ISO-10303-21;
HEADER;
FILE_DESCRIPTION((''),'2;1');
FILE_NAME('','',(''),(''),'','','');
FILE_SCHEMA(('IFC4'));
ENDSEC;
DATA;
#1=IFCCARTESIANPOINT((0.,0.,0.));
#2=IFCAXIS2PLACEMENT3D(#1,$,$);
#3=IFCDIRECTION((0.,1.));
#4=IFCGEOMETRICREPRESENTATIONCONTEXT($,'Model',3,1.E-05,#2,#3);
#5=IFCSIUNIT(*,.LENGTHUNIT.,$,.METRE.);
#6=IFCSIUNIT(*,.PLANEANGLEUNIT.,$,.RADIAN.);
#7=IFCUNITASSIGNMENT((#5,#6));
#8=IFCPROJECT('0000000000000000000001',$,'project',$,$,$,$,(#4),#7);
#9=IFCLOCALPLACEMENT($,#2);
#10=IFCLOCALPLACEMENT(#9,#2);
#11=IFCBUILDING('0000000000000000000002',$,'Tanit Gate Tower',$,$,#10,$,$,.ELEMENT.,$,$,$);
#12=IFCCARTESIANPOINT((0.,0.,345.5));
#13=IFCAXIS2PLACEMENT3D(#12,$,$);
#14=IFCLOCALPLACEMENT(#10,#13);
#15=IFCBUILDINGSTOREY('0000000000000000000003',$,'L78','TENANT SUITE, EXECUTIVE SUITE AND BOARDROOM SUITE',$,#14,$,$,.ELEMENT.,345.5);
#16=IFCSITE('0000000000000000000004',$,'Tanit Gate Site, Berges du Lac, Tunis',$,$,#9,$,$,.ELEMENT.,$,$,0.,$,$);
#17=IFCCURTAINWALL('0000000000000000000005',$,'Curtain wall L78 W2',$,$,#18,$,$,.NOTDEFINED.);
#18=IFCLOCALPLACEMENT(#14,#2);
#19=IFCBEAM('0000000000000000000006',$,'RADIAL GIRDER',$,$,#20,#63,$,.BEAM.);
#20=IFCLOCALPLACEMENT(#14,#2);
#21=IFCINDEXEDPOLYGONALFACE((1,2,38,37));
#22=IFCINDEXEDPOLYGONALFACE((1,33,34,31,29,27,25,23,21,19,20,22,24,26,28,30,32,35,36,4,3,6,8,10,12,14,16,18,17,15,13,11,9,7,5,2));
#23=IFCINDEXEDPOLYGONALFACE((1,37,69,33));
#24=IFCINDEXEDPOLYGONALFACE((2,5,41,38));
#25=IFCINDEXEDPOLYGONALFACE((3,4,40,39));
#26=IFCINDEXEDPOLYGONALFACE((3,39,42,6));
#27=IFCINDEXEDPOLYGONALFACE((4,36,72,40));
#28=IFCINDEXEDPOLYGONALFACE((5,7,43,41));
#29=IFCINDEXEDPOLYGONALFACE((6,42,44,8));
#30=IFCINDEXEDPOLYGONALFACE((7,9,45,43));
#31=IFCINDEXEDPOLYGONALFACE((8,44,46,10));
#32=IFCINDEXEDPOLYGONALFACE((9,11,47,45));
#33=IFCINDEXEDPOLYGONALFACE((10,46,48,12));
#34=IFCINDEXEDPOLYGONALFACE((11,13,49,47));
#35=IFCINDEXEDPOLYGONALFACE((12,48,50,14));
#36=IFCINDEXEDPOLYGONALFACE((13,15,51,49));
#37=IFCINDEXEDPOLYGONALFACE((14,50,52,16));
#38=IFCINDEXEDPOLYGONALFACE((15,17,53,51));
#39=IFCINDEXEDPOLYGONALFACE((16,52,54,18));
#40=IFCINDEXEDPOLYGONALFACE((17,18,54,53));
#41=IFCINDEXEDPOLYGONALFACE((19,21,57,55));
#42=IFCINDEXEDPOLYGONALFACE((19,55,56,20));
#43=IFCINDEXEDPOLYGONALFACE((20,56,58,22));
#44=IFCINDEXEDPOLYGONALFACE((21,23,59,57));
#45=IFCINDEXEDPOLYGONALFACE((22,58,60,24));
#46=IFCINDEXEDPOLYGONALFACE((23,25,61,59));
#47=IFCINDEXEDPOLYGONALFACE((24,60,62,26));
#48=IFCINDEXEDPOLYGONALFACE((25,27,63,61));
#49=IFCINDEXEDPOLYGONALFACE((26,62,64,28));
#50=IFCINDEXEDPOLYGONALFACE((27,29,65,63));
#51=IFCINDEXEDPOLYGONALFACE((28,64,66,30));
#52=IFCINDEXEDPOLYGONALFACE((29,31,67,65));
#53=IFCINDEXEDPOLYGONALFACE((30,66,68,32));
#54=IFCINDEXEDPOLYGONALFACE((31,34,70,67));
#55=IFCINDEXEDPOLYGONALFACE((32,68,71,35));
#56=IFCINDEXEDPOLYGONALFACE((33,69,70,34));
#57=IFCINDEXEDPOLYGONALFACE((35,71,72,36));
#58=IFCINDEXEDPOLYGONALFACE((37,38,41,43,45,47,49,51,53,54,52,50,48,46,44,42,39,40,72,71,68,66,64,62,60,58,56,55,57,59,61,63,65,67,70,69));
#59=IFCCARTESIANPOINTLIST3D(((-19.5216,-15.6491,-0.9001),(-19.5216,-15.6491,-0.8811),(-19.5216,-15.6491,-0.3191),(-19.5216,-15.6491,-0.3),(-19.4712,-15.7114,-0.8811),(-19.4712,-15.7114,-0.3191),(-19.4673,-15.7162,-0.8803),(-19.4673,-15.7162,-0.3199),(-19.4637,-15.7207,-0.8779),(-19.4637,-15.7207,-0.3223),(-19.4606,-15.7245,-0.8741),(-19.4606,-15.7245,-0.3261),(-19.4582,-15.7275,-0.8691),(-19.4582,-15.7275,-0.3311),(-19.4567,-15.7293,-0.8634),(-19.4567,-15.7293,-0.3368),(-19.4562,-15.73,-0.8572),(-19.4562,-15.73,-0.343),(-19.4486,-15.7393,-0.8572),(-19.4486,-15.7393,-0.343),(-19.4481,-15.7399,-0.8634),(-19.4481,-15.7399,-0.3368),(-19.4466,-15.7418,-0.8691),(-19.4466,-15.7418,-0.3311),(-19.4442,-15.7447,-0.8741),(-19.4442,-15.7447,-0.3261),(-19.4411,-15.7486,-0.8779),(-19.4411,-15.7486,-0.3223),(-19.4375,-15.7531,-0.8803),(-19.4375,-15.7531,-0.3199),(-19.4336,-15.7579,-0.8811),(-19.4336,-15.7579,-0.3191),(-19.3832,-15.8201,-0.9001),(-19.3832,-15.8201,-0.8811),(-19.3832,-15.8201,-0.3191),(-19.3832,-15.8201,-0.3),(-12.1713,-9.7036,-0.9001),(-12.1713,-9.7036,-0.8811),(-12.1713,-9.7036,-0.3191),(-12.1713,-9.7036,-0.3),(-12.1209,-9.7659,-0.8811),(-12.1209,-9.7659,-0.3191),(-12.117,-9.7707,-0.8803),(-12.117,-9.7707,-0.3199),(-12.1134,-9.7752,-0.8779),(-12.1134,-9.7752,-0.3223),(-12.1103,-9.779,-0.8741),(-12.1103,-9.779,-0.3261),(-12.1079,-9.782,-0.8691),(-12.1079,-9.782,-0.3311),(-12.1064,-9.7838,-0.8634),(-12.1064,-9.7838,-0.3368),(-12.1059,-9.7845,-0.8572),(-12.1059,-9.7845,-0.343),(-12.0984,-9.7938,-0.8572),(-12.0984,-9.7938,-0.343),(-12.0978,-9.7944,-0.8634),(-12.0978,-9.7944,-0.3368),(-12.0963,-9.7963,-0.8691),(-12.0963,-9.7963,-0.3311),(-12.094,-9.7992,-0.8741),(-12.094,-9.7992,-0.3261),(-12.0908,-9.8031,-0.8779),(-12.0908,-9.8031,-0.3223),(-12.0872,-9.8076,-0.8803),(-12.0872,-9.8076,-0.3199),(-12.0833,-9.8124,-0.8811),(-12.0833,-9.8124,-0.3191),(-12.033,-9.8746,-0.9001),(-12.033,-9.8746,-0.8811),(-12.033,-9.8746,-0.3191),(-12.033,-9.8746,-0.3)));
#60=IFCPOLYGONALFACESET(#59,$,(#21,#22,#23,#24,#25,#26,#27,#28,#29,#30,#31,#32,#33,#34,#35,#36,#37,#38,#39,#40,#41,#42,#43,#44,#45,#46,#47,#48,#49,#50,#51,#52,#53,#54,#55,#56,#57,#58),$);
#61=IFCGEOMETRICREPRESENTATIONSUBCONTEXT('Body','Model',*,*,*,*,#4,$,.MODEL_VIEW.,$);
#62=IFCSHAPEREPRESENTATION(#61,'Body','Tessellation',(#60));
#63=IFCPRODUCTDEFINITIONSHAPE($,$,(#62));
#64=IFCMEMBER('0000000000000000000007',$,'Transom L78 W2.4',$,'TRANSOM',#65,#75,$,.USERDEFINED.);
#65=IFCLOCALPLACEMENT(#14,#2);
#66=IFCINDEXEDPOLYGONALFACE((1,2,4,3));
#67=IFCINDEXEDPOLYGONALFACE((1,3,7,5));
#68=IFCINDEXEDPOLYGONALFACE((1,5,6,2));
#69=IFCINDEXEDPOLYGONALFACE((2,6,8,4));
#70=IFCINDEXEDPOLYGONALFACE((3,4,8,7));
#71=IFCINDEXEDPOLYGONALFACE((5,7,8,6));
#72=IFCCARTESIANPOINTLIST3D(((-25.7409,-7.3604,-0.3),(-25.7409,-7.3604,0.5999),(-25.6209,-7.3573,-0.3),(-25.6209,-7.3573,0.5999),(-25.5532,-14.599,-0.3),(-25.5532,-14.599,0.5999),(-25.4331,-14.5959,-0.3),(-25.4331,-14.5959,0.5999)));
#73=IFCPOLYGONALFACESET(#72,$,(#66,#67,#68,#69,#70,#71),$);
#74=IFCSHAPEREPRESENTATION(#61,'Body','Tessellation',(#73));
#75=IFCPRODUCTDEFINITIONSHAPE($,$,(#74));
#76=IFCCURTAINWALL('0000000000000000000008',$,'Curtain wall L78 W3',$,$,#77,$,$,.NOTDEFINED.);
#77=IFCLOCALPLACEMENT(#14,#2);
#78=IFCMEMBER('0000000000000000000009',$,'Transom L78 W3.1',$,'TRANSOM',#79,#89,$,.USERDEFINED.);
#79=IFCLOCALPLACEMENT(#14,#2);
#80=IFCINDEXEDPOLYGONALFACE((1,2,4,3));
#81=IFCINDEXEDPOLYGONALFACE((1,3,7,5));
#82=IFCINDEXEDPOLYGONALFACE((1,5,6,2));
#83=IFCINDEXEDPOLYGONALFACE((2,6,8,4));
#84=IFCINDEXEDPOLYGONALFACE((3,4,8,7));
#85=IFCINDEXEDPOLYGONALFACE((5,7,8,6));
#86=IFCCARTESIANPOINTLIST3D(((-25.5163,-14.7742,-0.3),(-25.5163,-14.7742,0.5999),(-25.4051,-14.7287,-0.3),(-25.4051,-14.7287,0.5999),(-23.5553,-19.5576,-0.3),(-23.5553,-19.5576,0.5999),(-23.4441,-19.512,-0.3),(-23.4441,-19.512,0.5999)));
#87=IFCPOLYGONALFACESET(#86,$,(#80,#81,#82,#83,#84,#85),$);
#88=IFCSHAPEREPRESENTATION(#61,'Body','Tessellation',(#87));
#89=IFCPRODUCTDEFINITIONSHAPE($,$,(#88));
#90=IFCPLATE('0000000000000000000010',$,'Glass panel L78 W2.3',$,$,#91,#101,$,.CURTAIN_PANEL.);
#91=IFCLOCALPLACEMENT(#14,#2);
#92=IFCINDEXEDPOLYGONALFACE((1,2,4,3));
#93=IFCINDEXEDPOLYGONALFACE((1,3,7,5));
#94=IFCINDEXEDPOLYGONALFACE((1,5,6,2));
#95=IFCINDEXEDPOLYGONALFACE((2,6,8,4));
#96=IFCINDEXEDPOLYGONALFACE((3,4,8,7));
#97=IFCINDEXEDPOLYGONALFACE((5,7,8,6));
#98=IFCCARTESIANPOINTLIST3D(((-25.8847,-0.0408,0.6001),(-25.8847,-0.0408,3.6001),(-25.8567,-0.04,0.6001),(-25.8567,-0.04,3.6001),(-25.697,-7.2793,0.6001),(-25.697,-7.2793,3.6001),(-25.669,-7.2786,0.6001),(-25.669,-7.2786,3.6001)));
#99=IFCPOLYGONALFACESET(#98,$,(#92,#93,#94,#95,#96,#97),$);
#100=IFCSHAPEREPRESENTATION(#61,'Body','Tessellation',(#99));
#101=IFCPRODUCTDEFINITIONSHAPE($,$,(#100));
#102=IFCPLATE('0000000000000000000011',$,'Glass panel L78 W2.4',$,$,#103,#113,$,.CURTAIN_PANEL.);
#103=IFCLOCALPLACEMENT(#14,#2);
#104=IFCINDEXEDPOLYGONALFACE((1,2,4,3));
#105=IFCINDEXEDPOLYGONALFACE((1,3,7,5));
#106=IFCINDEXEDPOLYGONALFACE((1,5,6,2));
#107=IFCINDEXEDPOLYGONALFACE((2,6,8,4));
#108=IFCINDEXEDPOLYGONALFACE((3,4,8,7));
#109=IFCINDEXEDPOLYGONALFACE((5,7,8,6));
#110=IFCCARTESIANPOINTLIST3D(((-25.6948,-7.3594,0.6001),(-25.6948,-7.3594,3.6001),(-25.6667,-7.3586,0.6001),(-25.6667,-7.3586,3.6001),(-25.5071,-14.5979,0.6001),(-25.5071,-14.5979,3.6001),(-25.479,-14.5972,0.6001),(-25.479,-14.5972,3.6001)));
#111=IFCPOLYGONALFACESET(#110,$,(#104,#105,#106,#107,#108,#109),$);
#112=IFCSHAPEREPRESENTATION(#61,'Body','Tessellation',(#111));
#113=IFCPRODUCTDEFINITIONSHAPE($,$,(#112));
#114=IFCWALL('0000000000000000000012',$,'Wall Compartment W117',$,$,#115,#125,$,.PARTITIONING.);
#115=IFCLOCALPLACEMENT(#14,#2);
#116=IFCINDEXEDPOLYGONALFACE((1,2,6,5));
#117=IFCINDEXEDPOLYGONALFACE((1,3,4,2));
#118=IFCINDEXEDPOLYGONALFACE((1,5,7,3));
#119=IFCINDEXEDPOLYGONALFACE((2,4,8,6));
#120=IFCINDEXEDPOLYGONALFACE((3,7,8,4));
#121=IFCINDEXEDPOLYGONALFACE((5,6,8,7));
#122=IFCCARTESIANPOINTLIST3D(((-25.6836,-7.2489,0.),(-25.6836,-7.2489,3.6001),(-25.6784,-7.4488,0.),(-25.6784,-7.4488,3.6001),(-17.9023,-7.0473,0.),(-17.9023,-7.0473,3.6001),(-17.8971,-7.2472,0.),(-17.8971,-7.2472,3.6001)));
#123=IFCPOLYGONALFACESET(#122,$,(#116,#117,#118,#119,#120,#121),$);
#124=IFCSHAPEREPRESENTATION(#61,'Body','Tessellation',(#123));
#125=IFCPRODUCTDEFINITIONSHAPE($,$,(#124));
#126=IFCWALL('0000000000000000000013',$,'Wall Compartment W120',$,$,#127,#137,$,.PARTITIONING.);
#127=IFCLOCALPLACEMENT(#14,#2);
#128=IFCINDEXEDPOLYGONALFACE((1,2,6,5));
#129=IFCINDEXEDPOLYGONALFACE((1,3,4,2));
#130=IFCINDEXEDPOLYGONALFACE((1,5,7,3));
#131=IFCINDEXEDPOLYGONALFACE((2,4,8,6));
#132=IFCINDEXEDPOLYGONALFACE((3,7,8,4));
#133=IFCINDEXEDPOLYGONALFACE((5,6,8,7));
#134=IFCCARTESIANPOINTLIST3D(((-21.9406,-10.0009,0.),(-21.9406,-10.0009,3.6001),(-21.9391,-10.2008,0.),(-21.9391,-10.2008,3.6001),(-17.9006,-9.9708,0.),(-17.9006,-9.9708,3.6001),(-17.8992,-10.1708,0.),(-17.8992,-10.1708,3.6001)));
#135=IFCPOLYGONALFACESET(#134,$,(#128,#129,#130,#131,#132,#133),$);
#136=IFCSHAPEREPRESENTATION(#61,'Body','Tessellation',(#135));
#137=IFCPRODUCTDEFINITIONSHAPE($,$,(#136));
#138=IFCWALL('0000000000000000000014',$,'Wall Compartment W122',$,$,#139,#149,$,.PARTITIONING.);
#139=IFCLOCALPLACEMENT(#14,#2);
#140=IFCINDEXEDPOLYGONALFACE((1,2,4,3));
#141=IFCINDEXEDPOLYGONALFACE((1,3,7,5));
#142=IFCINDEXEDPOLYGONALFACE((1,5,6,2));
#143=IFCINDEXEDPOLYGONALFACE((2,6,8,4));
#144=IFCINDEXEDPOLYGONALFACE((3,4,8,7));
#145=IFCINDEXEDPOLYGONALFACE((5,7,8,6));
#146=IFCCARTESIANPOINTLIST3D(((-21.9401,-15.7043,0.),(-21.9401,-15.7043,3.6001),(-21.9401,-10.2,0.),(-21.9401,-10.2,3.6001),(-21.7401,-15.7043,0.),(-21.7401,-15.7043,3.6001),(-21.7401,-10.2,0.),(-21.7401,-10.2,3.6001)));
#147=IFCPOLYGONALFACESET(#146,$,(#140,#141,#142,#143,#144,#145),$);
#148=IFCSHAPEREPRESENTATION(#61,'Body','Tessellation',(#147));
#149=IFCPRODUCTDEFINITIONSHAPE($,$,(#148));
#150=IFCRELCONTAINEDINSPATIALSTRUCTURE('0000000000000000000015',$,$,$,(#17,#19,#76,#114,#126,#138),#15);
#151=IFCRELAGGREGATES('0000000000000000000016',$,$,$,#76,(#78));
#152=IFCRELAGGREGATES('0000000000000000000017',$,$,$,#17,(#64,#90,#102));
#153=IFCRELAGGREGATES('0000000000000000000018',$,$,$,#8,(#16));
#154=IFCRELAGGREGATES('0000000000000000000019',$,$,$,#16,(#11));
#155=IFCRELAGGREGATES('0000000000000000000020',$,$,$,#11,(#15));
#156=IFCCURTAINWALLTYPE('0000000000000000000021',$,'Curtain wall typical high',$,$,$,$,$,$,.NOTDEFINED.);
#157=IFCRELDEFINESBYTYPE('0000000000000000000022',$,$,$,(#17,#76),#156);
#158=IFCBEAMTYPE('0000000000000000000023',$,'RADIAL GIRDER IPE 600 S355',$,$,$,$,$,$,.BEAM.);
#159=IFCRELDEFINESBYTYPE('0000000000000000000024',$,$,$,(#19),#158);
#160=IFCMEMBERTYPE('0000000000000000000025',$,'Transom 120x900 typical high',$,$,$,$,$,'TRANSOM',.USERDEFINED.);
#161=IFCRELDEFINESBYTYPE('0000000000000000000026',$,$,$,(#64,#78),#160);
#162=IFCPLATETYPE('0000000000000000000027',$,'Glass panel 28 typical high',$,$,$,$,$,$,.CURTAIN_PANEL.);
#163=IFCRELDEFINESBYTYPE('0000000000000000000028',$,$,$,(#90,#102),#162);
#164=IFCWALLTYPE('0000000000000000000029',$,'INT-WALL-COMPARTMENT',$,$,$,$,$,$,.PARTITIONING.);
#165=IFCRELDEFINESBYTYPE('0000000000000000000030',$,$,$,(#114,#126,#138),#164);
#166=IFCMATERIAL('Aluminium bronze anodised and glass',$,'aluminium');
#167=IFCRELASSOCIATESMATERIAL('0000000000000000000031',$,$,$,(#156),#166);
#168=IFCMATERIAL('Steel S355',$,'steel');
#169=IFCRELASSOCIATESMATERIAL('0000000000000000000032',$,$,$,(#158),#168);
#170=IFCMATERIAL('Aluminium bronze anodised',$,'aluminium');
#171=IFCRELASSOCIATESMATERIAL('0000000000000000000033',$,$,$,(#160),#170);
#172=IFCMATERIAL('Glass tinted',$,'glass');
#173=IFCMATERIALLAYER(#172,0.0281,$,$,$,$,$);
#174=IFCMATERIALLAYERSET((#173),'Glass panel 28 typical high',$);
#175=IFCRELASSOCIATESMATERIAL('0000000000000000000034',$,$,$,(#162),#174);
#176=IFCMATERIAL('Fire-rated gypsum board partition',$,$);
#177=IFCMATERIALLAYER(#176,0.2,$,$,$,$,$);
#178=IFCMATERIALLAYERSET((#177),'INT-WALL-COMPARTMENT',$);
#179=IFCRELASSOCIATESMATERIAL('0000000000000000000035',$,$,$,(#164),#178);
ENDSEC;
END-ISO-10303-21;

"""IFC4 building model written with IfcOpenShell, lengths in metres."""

from ifc_helpers import new_model, si_unit, direction, frame, frame_2d, origin, origin_2d, place, context, subcontext, project, spatial, rectangle, i_section, extrude, material, layer, layer_set, material_profile, profile_set, type_object, element, aggregate, save


model = new_model("IFC4")

# Units and contexts
model_context = context("Model", 3, precision=1e-05, world=origin(), true_north=direction((0.0, 1.0)))
body_context = subcontext(model_context, "Body", "Model", "MODEL_VIEW")
ifc_project = project(units=[si_unit("LENGTHUNIT", "METRE"), si_unit("PLANEANGLEUNIT", "RADIAN")], contexts=[model_context])

# Site, building, storey
site_placement = place(None, origin())
site = spatial("IfcSite", under=ifc_project, at=site_placement, Name="Tanit Gate Site, Berges du Lac, Tunis", CompositionType="ELEMENT", RefElevation=0.0)
building_placement = place(site_placement, origin())
building = spatial("IfcBuilding", under=site, at=building_placement, Name="Tanit Gate Tower", CompositionType="ELEMENT")
storey_placement = place(building_placement, frame((0.0, 0.0, 345.5)))
storey = spatial("IfcBuildingStorey", under=building, at=storey_placement, Name="L78", Description="TENANT SUITE, EXECUTIVE SUITE AND BOARDROOM SUITE", CompositionType="ELEMENT", Elevation=345.5)

# Curtain wall
ifc_material_1 = material(Name="Aluminium bronze anodised and glass", Category="aluminium")
curtain_wall_type = type_object("IfcCurtainWallType", Name="Curtain wall typical high", PredefinedType="NOTDEFINED", material=ifc_material_1)
curtain_wall_1_placement = place(storey_placement, origin())
curtain_wall_1 = element("IfcCurtainWall", 1, at=curtain_wall_1_placement, inside=storey, type_object=curtain_wall_type, Name="Curtain wall L78 W2", PredefinedType="NOTDEFINED")

# Beam
ifc_material_2 = material(Name="Steel S355", Category="steel")
ifc_material_profile_1 = material_profile(ifc_material_2, i_section(OverallWidth=0.22, OverallDepth=0.6001, WebThickness=0.012, FlangeThickness=0.019, FilletRadius=0.0239, at=origin_2d()), Name="IPE 600")
ifc_profile_set_1 = profile_set([ifc_material_profile_1], Name="Steel S355")
beam_type_1 = type_object("IfcBeamType", Name="RADIAL GIRDER IPE 600 S355", PredefinedType="BEAM", material=ifc_profile_set_1)
beam_1_placement = place(storey_placement, frame((-19.4524, -15.7346, -0.6001), z_axis=(0.777489, 0.628897, 0.0), x_axis=(-0.628897, 0.777489, 0.0)))
element("IfcBeam", 2, at=beam_1_placement, inside=storey, type_object=beam_type_1, Name="RADIAL GIRDER", PredefinedType="BEAM", context=body_context, shape_type="SweptSolid", body=[
    extrude(i_section(OverallWidth=0.22, OverallDepth=0.6001, WebThickness=0.012, FlangeThickness=0.019, FilletRadius=0.0239, at=origin_2d()), origin(), (0.0, 0.0, 1.0), 9.4539),
])

# Member
ifc_material_3 = material(Name="Aluminium bronze anodised", Category="aluminium")
ifc_material_profile_2 = material_profile(ifc_material_3, rectangle(XDim=0.1201, YDim=0.8999, at=origin_2d()), Name="120x900 bronze transom")
ifc_profile_set_2 = profile_set([ifc_material_profile_2], Name="Aluminium bronze anodised")
member_type_1 = type_object("IfcMemberType", Name="Transom 120x900 typical high", ElementType="TRANSOM", PredefinedType="USERDEFINED", material=ifc_profile_set_2)
member_1_placement = place(storey_placement, frame((-25.6809, -7.3589, 0.1499), z_axis=(0.025928, -0.999664, 0.0), x_axis=(0.999664, 0.025928, 0.0)))
member_1 = element("IfcMember", 3, at=member_1_placement, type_object=member_type_1, Name="Transom L78 W2.4", ObjectType="TRANSOM", PredefinedType="USERDEFINED", context=body_context, shape_type="SweptSolid", body=[
    extrude(rectangle(XDim=0.1201, YDim=0.8999, at=origin_2d()), origin(), (0.0, 0.0, 1.0), 7.241),
])

# Curtain wall, member
curtain_wall_2_placement = place(storey_placement, origin())
curtain_wall_2 = element("IfcCurtainWall", 4, at=curtain_wall_2_placement, inside=storey, type_object=curtain_wall_type, Name="Curtain wall L78 W3", PredefinedType="NOTDEFINED")
member_2_placement = place(storey_placement, frame((-25.4607, -14.7515, 0.1499), z_axis=(0.379324, -0.925264, 0.0), x_axis=(0.925264, 0.379324, 0.0)))
member_2 = element("IfcMember", 5, at=member_2_placement, type_object=member_type_1, Name="Transom L78 W3.1", ObjectType="TRANSOM", PredefinedType="USERDEFINED", context=body_context, shape_type="SweptSolid", body=[
    extrude(rectangle(XDim=0.1201, YDim=0.8999, at=origin_2d()), origin(), (0.0, 0.0, 1.0), 5.1697),
])
aggregate(curtain_wall_2, [member_2])

# Plates
ifc_material_4 = material(Name="Glass tinted", Category="glass")
ifc_layer_1 = layer(ifc_material_4, 0.0281)
ifc_layer_set_1 = layer_set([ifc_layer_1], Name="Glass panel 28 typical high")
plate_type = type_object("IfcPlateType", Name="Glass panel 28 typical high", PredefinedType="CURTAIN_PANEL", material=ifc_layer_set_1)
plate_1_placement = place(storey_placement, frame((-25.7769, -3.6597, 0.6001), z_axis=(0.0, 0.0, 1.0), x_axis=(0.025924, -0.999664, 0.0)))
plate_1 = element("IfcPlate", 6, at=plate_1_placement, type_object=plate_type, Name="Glass panel L78 W2.3", PredefinedType="CURTAIN_PANEL", context=body_context, shape_type="SweptSolid", body=[
    extrude(rectangle(XDim=7.241, YDim=0.0281, at=origin_2d()), origin(), (0.0, 0.0, 1.0), 3.0),
])
plate_2_placement = place(storey_placement, frame((-25.5869, -10.9783, 0.6001), z_axis=(0.0, 0.0, 1.0), x_axis=(0.025924, -0.999664, 0.0)))
plate_2 = element("IfcPlate", 7, at=plate_2_placement, type_object=plate_type, Name="Glass panel L78 W2.4", PredefinedType="CURTAIN_PANEL", context=body_context, shape_type="SweptSolid", body=[
    extrude(rectangle(XDim=7.241, YDim=0.0281, at=origin_2d()), origin(), (0.0, 0.0, 1.0), 3.0),
])
aggregate(curtain_wall_1, [member_1, plate_1, plate_2])

# Walls
ifc_material_5 = material(Name="Fire-rated gypsum board partition")
ifc_layer_2 = layer(ifc_material_5, 0.2)
ifc_layer_set_2 = layer_set([ifc_layer_2], Name="INT-WALL-COMPARTMENT")
wall_type_1 = type_object("IfcWallType", Name="INT-WALL-COMPARTMENT", PredefinedType="PARTITIONING", material=ifc_layer_set_2)
wall_1_placement = place(storey_placement, frame((-25.6812, -7.3489, 0.0), z_axis=(0.0, 0.0, 1.0), x_axis=(0.999664, 0.025907, 0.0)))
element("IfcWall", 8, at=wall_1_placement, inside=storey, type_object=wall_type_1, Name="Wall Compartment W117", PredefinedType="PARTITIONING", context=body_context, shape_type="SweptSolid", body=[
    extrude(rectangle(XDim=7.7839, YDim=0.2, at=frame_2d((3.8921, 0.0))), origin(), (0.0, 0.0, 1.0), 3.6001),
])
wall_2_placement = place(storey_placement, frame((-17.8999, -10.0708, 0.0), z_axis=(0.0, 0.0, 1.0), x_axis=(-0.999972, -0.007433, 0.0)))
element("IfcWall", 9, at=wall_2_placement, inside=storey, type_object=wall_type_1, Name="Wall Compartment W120", PredefinedType="PARTITIONING", context=body_context, shape_type="SweptSolid", body=[
    extrude(rectangle(XDim=4.04, YDim=0.2, at=frame_2d((2.02, 0.0))), origin(), (0.0, 0.0, 1.0), 3.6001),
])
wall_3_placement = place(storey_placement, frame((-21.8401, -15.7043, 0.0), z_axis=(0.0, 0.0, 1.0), x_axis=(0.0, 1.0, 0.0)))
element("IfcWall", 10, at=wall_3_placement, inside=storey, type_object=wall_type_1, Name="Wall Compartment W122", PredefinedType="PARTITIONING", context=body_context, shape_type="SweptSolid", body=[
    extrude(rectangle(XDim=5.5044, YDim=0.2, at=frame_2d((2.7522, 0.0))), origin(), (0.0, 0.0, 1.0), 3.6001),
])

save(model, "model.ifc")
